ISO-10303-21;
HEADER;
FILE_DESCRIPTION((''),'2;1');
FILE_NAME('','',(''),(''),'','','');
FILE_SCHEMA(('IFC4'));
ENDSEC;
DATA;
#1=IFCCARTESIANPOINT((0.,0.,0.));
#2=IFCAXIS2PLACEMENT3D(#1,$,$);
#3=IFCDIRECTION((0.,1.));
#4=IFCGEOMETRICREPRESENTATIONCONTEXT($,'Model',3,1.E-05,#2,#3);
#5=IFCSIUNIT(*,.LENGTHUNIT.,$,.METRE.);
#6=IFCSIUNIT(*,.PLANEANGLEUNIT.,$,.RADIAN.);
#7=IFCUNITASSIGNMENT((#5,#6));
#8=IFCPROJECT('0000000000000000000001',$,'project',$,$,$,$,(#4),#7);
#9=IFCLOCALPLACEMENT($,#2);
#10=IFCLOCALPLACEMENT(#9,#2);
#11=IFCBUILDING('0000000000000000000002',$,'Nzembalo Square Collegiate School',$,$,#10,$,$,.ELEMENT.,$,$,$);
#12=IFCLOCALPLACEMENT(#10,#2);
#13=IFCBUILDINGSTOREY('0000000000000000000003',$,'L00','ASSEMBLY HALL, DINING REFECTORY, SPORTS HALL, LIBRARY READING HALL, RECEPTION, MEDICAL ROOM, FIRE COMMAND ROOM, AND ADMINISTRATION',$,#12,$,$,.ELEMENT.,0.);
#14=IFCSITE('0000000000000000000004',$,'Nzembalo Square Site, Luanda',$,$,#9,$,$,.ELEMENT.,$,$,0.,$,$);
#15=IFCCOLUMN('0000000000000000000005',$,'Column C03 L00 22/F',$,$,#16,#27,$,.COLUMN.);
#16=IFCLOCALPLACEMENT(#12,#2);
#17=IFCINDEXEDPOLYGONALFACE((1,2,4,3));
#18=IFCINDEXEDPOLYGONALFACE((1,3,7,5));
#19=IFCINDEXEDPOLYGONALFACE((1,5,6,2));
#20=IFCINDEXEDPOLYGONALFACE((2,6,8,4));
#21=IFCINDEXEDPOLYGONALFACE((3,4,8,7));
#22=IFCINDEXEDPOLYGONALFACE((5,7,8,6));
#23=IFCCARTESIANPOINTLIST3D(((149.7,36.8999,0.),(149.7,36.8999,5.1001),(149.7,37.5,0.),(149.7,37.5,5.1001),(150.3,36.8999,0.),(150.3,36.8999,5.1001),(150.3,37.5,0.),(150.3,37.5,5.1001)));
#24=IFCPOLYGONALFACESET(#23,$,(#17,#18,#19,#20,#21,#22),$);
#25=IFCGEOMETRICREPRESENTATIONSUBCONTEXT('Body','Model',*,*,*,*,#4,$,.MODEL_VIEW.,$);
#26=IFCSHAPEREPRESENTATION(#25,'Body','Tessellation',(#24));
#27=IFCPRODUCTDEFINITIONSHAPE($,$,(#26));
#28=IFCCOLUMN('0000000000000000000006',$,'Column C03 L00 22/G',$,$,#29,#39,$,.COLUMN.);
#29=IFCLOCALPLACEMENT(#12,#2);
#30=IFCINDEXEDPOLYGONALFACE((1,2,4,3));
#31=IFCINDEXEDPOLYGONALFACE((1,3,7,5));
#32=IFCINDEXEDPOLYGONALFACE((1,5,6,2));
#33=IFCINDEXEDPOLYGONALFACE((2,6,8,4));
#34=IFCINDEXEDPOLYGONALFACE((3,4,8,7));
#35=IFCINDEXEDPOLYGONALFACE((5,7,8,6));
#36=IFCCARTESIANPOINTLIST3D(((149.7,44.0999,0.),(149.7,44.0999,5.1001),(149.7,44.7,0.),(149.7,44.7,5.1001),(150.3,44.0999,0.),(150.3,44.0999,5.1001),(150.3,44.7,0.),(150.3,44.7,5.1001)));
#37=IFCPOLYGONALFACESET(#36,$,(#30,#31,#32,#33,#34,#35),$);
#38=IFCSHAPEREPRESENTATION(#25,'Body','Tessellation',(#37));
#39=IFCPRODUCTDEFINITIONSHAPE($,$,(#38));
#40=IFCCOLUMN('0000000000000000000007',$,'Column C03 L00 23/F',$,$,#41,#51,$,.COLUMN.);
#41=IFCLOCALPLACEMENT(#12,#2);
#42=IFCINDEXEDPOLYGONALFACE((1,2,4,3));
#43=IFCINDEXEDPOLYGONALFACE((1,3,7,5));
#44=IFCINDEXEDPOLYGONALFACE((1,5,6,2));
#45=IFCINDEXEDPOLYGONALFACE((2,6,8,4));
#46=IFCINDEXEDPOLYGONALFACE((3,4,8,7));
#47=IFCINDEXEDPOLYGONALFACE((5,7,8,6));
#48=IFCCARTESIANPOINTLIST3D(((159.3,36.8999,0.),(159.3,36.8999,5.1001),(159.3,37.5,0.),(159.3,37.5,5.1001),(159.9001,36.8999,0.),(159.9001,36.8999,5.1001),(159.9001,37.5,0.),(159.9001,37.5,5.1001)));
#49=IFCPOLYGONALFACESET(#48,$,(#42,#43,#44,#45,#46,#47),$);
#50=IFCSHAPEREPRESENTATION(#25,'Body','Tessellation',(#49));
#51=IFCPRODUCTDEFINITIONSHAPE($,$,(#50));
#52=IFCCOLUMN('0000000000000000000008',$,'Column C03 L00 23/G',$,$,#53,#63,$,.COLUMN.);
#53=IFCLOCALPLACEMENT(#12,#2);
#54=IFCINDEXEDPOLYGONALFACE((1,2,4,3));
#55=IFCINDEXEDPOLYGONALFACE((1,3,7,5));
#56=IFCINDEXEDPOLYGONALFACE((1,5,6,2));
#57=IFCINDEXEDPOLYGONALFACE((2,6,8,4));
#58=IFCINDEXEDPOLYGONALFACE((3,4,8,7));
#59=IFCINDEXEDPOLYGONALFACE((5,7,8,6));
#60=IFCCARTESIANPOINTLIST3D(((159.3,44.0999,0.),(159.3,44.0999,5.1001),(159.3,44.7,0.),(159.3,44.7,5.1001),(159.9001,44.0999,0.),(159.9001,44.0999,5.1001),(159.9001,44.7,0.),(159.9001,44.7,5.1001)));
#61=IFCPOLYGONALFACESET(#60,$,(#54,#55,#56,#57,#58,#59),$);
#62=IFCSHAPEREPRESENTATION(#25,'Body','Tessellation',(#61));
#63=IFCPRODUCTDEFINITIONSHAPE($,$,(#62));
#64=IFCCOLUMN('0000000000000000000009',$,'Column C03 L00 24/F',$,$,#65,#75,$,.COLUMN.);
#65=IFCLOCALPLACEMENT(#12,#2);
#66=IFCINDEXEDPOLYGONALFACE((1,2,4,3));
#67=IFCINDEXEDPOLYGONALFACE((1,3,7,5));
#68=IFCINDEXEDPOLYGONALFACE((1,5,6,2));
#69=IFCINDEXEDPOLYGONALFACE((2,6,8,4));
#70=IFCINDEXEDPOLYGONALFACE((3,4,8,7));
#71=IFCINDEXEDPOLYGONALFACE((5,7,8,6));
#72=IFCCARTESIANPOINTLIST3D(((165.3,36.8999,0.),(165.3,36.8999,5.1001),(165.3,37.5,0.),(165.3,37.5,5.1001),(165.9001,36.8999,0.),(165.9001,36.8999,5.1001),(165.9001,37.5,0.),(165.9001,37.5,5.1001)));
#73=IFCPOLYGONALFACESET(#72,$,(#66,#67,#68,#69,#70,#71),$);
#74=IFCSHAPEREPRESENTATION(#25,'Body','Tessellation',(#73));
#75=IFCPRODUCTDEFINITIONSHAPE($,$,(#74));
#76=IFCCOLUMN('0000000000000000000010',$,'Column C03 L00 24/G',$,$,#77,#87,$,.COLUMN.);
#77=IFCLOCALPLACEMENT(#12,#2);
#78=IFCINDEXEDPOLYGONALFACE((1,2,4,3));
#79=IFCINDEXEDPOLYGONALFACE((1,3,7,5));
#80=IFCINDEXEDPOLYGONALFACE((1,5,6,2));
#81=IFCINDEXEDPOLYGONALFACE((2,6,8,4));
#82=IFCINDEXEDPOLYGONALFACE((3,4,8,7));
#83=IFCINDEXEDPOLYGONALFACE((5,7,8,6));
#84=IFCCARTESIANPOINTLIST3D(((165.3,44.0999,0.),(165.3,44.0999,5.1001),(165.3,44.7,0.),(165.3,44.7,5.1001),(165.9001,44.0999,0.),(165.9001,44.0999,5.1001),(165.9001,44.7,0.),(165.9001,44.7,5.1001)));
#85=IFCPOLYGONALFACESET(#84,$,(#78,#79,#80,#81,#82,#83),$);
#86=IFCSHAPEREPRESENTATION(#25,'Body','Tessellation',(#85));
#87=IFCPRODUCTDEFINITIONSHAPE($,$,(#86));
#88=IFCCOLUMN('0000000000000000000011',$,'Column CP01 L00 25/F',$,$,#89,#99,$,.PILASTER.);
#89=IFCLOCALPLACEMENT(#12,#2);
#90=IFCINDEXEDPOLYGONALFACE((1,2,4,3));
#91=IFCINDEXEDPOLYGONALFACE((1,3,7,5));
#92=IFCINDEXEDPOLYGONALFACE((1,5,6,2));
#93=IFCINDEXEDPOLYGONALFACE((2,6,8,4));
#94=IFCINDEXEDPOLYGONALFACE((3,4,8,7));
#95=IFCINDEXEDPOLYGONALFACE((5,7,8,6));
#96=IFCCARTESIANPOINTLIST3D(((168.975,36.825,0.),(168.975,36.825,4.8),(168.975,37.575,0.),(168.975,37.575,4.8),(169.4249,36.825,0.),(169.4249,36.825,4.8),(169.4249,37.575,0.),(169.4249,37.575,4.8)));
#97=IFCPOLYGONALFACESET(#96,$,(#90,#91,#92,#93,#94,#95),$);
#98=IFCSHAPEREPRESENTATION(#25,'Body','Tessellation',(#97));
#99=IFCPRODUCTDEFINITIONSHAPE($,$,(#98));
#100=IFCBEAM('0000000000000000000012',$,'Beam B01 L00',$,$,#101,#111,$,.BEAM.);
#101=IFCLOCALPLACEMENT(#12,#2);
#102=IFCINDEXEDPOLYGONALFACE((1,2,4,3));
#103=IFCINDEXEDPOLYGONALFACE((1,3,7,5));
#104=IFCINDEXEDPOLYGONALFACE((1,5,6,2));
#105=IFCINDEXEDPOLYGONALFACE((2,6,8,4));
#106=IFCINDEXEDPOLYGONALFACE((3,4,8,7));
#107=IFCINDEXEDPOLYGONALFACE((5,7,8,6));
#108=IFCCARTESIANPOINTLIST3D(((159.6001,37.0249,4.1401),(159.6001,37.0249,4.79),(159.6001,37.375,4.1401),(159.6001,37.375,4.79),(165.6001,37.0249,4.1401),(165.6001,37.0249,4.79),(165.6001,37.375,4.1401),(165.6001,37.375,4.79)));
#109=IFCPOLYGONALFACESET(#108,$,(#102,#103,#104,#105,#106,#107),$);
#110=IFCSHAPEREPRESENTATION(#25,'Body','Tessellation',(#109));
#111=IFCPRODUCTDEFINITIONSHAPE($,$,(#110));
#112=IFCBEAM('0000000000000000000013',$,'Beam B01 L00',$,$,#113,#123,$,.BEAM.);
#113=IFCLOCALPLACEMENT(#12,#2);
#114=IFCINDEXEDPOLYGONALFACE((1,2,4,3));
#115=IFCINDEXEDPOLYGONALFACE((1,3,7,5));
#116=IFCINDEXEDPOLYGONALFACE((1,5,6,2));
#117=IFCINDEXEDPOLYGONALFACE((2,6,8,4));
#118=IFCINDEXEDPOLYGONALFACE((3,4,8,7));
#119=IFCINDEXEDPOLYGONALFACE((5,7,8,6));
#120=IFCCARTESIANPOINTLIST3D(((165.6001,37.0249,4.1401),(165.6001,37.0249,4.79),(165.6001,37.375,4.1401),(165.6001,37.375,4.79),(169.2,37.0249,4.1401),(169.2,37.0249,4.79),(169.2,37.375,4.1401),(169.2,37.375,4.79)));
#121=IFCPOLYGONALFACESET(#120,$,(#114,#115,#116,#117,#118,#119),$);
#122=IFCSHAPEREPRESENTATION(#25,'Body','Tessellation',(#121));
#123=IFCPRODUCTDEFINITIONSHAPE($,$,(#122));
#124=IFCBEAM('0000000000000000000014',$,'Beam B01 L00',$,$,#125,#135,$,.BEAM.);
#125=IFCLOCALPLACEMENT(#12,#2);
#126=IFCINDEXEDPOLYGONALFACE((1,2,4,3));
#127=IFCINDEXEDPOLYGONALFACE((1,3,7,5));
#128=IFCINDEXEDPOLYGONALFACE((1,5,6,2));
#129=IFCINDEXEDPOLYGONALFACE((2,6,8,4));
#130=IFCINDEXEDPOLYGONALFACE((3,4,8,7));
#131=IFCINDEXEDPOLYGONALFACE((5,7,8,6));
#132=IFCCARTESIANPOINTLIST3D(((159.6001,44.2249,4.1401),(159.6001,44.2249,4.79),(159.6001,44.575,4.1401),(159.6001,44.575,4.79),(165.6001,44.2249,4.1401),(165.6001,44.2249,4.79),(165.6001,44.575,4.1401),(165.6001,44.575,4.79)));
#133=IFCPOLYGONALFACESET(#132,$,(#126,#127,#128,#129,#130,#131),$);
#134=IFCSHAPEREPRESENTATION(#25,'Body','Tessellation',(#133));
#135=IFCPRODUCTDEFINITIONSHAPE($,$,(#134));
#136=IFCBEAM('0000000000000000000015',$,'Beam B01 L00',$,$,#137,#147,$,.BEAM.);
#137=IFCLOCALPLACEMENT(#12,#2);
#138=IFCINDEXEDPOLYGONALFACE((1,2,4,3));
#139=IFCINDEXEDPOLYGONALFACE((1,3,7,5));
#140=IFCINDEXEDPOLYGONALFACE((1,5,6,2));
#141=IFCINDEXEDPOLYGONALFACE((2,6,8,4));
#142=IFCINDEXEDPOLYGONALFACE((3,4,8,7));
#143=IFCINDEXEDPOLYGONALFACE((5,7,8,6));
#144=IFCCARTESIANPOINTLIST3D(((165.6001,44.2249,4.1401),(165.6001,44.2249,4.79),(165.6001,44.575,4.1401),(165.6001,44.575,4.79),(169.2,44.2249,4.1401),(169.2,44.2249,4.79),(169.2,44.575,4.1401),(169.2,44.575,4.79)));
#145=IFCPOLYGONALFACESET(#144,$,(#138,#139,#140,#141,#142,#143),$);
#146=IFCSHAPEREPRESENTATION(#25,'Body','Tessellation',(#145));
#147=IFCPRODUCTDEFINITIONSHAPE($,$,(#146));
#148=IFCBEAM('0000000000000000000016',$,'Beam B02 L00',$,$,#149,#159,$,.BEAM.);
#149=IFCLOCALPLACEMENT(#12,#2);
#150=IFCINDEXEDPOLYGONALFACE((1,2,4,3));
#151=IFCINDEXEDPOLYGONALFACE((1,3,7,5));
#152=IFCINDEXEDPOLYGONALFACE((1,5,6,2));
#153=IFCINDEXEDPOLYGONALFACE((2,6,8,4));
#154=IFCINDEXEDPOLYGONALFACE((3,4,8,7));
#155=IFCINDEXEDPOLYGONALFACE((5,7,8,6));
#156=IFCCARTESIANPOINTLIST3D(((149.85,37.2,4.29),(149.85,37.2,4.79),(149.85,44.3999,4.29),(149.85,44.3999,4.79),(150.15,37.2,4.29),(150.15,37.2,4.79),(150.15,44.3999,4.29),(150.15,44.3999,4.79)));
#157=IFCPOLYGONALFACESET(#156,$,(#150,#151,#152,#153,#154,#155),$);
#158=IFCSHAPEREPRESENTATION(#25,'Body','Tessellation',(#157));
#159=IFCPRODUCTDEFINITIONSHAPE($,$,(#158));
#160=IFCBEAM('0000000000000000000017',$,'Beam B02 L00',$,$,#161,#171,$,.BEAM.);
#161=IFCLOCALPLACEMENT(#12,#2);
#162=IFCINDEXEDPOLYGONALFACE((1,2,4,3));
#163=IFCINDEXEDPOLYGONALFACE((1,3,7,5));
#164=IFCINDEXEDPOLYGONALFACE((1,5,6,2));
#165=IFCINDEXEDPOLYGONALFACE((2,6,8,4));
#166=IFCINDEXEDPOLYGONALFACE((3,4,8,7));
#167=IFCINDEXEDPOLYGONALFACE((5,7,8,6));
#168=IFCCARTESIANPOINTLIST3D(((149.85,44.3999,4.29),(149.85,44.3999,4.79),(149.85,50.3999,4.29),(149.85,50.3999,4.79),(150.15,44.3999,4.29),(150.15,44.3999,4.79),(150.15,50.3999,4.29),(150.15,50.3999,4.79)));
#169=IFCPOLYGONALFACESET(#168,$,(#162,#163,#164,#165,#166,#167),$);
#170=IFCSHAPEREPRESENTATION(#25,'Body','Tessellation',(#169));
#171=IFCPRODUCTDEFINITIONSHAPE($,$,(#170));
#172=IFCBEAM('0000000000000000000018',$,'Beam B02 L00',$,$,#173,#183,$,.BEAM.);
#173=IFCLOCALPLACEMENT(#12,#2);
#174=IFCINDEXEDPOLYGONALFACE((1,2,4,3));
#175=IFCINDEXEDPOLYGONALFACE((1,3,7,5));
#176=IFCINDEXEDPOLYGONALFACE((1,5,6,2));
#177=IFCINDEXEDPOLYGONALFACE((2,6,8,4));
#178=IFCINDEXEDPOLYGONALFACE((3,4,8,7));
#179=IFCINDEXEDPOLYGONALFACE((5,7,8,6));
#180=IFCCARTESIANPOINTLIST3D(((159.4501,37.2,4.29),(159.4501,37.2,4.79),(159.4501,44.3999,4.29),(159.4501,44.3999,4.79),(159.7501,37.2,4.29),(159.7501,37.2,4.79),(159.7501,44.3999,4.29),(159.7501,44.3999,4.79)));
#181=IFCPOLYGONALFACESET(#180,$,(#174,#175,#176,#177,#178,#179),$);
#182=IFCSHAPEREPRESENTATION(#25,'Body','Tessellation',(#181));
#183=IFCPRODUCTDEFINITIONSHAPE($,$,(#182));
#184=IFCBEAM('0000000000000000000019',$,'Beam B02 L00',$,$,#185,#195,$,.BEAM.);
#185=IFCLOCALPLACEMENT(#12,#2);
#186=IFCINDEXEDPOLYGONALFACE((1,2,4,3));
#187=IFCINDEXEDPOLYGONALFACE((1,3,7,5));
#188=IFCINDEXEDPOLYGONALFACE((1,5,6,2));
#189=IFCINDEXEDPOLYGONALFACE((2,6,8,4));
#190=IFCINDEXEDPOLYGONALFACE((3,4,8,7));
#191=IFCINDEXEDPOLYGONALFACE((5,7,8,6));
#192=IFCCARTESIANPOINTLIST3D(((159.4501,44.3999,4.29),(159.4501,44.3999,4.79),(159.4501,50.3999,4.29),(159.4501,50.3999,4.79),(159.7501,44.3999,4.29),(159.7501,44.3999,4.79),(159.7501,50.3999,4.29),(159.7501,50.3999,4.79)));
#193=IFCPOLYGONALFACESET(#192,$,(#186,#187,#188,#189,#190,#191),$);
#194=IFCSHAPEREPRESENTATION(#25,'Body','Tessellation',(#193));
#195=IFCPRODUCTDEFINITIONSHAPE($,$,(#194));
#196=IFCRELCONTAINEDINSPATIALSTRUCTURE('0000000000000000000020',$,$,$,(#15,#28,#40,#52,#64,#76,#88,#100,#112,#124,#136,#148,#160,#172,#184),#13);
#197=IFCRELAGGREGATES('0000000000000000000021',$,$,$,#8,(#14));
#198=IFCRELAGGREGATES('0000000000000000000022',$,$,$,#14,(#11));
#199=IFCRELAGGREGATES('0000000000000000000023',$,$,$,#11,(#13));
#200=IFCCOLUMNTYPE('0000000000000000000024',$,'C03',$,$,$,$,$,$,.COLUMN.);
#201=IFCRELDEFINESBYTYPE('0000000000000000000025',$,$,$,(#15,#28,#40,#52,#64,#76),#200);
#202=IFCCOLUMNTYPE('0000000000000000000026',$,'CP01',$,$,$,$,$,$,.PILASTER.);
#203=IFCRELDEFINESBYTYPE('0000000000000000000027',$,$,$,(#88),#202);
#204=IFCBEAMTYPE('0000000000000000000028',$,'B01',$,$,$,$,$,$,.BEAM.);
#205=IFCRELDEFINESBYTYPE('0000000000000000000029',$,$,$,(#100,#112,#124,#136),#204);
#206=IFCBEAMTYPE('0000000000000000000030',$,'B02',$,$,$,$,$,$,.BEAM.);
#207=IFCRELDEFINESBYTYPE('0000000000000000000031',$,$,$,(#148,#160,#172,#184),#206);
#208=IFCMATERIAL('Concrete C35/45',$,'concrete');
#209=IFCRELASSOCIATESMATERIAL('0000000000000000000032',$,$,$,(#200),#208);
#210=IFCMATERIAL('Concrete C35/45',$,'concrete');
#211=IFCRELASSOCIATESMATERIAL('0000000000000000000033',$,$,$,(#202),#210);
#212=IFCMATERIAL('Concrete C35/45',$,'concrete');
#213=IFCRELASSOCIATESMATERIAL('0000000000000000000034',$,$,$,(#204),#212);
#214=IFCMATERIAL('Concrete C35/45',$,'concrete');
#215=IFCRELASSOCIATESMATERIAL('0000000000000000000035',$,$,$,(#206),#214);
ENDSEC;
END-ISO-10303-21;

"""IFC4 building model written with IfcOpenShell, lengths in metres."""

from ifc_helpers import new_model, si_unit, direction, frame, origin, origin_2d, place, context, subcontext, project, spatial, rectangle, extrude, material, material_profile, profile_set, type_object, element, save


model = new_model("IFC4")

# Units and contexts
model_context = context("Model", 3, precision=1e-05, world=origin(), true_north=direction((0.0, 1.0)))
body_context = subcontext(model_context, "Body", "Model", "MODEL_VIEW")
ifc_project = project(units=[si_unit("LENGTHUNIT", "METRE"), si_unit("PLANEANGLEUNIT", "RADIAN")], contexts=[model_context])

# Site, building, storey
site_placement = place(None, origin())
site = spatial("IfcSite", under=ifc_project, at=site_placement, Name="Nzembalo Square Site, Luanda", CompositionType="ELEMENT", RefElevation=0.0)
building_placement = place(site_placement, origin())
building = spatial("IfcBuilding", under=site, at=building_placement, Name="Nzembalo Square Collegiate School", CompositionType="ELEMENT")
storey_placement = place(building_placement, origin())
storey = spatial("IfcBuildingStorey", under=building, at=storey_placement, Name="L00", Description="ASSEMBLY HALL, DINING REFECTORY, SPORTS HALL, LIBRARY READING HALL, RECEPTION, MEDICAL ROOM, FIRE COMMAND ROOM, AND ADMINISTRATION", CompositionType="ELEMENT", Elevation=0.0)

# Columns
ifc_material_1 = material(Name="Concrete C35/45", Category="concrete")
ifc_material_profile_1 = material_profile(ifc_material_1, rectangle(XDim=0.6001, YDim=0.6001, at=origin_2d()), Name="RC 600x600")
ifc_profile_set_1 = profile_set([ifc_material_profile_1], Name="Concrete C35/45")
column_type_1 = type_object("IfcColumnType", Name="C03", PredefinedType="COLUMN", material=ifc_profile_set_1)
for number, where, z_axis, x_axis, name in (
    (1, (150.0, 37.2, 0.0), (0.0, 0.0, 1.0), (1.0, 0.0, 0.0), "Column C03 L00 22/F"),
    (2, (150.0, 44.3999, 0.0), (0.0, 0.0, 1.0), (1.0, 0.0, 0.0), "Column C03 L00 22/G"),
    (3, (159.6001, 37.2, 0.0), (0.0, 0.0, 1.0), (1.0, 0.0, 0.0), "Column C03 L00 23/F"),
    (4, (159.6001, 44.3999, 0.0), (0.0, 0.0, 1.0), (1.0, 0.0, 0.0), "Column C03 L00 23/G"),
    (5, (165.6001, 37.2, 0.0), (0.0, 0.0, 1.0), (1.0, 0.0, 0.0), "Column C03 L00 24/F"),
    (6, (165.6001, 44.3999, 0.0), (0.0, 0.0, 1.0), (1.0, 0.0, 0.0), "Column C03 L00 24/G"),
):
    element("IfcColumn", number, at=place(storey_placement, frame(where, z_axis=z_axis, x_axis=x_axis)), inside=storey, type_object=column_type_1, Name=name, PredefinedType="COLUMN", context=body_context, shape_type="SweptSolid", body=[
        extrude(rectangle(XDim=0.6001, YDim=0.6001, at=origin_2d()), origin(), (0.0, 0.0, 1.0), 5.1001),
    ])
ifc_material_2 = material(Name="Concrete C35/45", Category="concrete")
ifc_material_profile_2 = material_profile(ifc_material_2, rectangle(XDim=0.45, YDim=0.75, at=origin_2d()), Name="RC 450x750")
ifc_profile_set_2 = profile_set([ifc_material_profile_2], Name="Concrete C35/45")
column_type_2 = type_object("IfcColumnType", Name="CP01", PredefinedType="PILASTER", material=ifc_profile_set_2)
column_placement = place(storey_placement, frame((169.2, 37.2, 0.0), z_axis=(0.0, 0.0, 1.0), x_axis=(1.0, 0.0, 0.0)))
element("IfcColumn", 7, at=column_placement, inside=storey, type_object=column_type_2, Name="Column CP01 L00 25/F", PredefinedType="PILASTER", context=body_context, shape_type="SweptSolid", body=[
    extrude(rectangle(XDim=0.45, YDim=0.75, at=origin_2d()), origin(), (0.0, 0.0, 1.0), 4.8),
])

# Beams
ifc_material_3 = material(Name="Concrete C35/45", Category="concrete")
ifc_material_profile_3 = material_profile(ifc_material_3, rectangle(XDim=0.3501, YDim=0.6499, at=origin_2d()), Name="RC 350x650")
ifc_profile_set_3 = profile_set([ifc_material_profile_3], Name="Concrete C35/45")
beam_type_1 = type_object("IfcBeamType", Name="B01", PredefinedType="BEAM", material=ifc_profile_set_3)
beam_1_placement = place(storey_placement, frame((159.6001, 37.2, 4.4651), z_axis=(1.0, 0.0, 0.0), x_axis=(0.0, 1.0, 0.0)))
element("IfcBeam", 8, at=beam_1_placement, inside=storey, type_object=beam_type_1, Name="Beam B01 L00", PredefinedType="BEAM", context=body_context, shape_type="SweptSolid", body=[
    extrude(rectangle(XDim=0.3501, YDim=0.6499, at=origin_2d()), origin(), (0.0, 0.0, 1.0), 6.0),
])
beam_2_placement = place(storey_placement, frame((165.6001, 37.2, 4.4651), z_axis=(1.0, 0.0, 0.0), x_axis=(0.0, 1.0, 0.0)))
element("IfcBeam", 9, at=beam_2_placement, inside=storey, type_object=beam_type_1, Name="Beam B01 L00", PredefinedType="BEAM", context=body_context, shape_type="SweptSolid", body=[
    extrude(rectangle(XDim=0.3501, YDim=0.6499, at=origin_2d()), origin(), (0.0, 0.0, 1.0), 3.5999),
])
beam_3_placement = place(storey_placement, frame((159.6001, 44.3999, 4.4651), z_axis=(1.0, 0.0, 0.0), x_axis=(0.0, 1.0, 0.0)))
element("IfcBeam", 10, at=beam_3_placement, inside=storey, type_object=beam_type_1, Name="Beam B01 L00", PredefinedType="BEAM", context=body_context, shape_type="SweptSolid", body=[
    extrude(rectangle(XDim=0.3501, YDim=0.6499, at=origin_2d()), origin(), (0.0, 0.0, 1.0), 6.0),
])
beam_4_placement = place(storey_placement, frame((165.6001, 44.3999, 4.4651), z_axis=(1.0, 0.0, 0.0), x_axis=(0.0, 1.0, 0.0)))
element("IfcBeam", 11, at=beam_4_placement, inside=storey, type_object=beam_type_1, Name="Beam B01 L00", PredefinedType="BEAM", context=body_context, shape_type="SweptSolid", body=[
    extrude(rectangle(XDim=0.3501, YDim=0.6499, at=origin_2d()), origin(), (0.0, 0.0, 1.0), 3.5999),
])
ifc_material_4 = material(Name="Concrete C35/45", Category="concrete")
ifc_material_profile_4 = material_profile(ifc_material_4, rectangle(XDim=0.3, YDim=0.5, at=origin_2d()), Name="RC 300x500")
ifc_profile_set_4 = profile_set([ifc_material_profile_4], Name="Concrete C35/45")
beam_type_2 = type_object("IfcBeamType", Name="B02", PredefinedType="BEAM", material=ifc_profile_set_4)
beam_5_placement = place(storey_placement, frame((150.0, 37.2, 4.54), z_axis=(0.0, 1.0, 0.0), x_axis=(-1.0, 0.0, 0.0)))
element("IfcBeam", 12, at=beam_5_placement, inside=storey, type_object=beam_type_2, Name="Beam B02 L00", PredefinedType="BEAM", context=body_context, shape_type="SweptSolid", body=[
    extrude(rectangle(XDim=0.3, YDim=0.5, at=origin_2d()), origin(), (0.0, 0.0, 1.0), 7.2),
])
beam_6_placement = place(storey_placement, frame((150.0, 44.3999, 4.54), z_axis=(0.0, 1.0, 0.0), x_axis=(-1.0, 0.0, 0.0)))
element("IfcBeam", 13, at=beam_6_placement, inside=storey, type_object=beam_type_2, Name="Beam B02 L00", PredefinedType="BEAM", context=body_context, shape_type="SweptSolid", body=[
    extrude(rectangle(XDim=0.3, YDim=0.5, at=origin_2d()), origin(), (0.0, 0.0, 1.0), 6.0),
])
beam_7_placement = place(storey_placement, frame((159.6001, 37.2, 4.54), z_axis=(0.0, 1.0, 0.0), x_axis=(-1.0, 0.0, 0.0)))
element("IfcBeam", 14, at=beam_7_placement, inside=storey, type_object=beam_type_2, Name="Beam B02 L00", PredefinedType="BEAM", context=body_context, shape_type="SweptSolid", body=[
    extrude(rectangle(XDim=0.3, YDim=0.5, at=origin_2d()), origin(), (0.0, 0.0, 1.0), 7.2),
])
beam_8_placement = place(storey_placement, frame((159.6001, 44.3999, 4.54), z_axis=(0.0, 1.0, 0.0), x_axis=(-1.0, 0.0, 0.0)))
element("IfcBeam", 15, at=beam_8_placement, inside=storey, type_object=beam_type_2, Name="Beam B02 L00", PredefinedType="BEAM", context=body_context, shape_type="SweptSolid", body=[
    extrude(rectangle(XDim=0.3, YDim=0.5, at=origin_2d()), origin(), (0.0, 0.0, 1.0), 6.0),
])

save(model, "model.ifc")
